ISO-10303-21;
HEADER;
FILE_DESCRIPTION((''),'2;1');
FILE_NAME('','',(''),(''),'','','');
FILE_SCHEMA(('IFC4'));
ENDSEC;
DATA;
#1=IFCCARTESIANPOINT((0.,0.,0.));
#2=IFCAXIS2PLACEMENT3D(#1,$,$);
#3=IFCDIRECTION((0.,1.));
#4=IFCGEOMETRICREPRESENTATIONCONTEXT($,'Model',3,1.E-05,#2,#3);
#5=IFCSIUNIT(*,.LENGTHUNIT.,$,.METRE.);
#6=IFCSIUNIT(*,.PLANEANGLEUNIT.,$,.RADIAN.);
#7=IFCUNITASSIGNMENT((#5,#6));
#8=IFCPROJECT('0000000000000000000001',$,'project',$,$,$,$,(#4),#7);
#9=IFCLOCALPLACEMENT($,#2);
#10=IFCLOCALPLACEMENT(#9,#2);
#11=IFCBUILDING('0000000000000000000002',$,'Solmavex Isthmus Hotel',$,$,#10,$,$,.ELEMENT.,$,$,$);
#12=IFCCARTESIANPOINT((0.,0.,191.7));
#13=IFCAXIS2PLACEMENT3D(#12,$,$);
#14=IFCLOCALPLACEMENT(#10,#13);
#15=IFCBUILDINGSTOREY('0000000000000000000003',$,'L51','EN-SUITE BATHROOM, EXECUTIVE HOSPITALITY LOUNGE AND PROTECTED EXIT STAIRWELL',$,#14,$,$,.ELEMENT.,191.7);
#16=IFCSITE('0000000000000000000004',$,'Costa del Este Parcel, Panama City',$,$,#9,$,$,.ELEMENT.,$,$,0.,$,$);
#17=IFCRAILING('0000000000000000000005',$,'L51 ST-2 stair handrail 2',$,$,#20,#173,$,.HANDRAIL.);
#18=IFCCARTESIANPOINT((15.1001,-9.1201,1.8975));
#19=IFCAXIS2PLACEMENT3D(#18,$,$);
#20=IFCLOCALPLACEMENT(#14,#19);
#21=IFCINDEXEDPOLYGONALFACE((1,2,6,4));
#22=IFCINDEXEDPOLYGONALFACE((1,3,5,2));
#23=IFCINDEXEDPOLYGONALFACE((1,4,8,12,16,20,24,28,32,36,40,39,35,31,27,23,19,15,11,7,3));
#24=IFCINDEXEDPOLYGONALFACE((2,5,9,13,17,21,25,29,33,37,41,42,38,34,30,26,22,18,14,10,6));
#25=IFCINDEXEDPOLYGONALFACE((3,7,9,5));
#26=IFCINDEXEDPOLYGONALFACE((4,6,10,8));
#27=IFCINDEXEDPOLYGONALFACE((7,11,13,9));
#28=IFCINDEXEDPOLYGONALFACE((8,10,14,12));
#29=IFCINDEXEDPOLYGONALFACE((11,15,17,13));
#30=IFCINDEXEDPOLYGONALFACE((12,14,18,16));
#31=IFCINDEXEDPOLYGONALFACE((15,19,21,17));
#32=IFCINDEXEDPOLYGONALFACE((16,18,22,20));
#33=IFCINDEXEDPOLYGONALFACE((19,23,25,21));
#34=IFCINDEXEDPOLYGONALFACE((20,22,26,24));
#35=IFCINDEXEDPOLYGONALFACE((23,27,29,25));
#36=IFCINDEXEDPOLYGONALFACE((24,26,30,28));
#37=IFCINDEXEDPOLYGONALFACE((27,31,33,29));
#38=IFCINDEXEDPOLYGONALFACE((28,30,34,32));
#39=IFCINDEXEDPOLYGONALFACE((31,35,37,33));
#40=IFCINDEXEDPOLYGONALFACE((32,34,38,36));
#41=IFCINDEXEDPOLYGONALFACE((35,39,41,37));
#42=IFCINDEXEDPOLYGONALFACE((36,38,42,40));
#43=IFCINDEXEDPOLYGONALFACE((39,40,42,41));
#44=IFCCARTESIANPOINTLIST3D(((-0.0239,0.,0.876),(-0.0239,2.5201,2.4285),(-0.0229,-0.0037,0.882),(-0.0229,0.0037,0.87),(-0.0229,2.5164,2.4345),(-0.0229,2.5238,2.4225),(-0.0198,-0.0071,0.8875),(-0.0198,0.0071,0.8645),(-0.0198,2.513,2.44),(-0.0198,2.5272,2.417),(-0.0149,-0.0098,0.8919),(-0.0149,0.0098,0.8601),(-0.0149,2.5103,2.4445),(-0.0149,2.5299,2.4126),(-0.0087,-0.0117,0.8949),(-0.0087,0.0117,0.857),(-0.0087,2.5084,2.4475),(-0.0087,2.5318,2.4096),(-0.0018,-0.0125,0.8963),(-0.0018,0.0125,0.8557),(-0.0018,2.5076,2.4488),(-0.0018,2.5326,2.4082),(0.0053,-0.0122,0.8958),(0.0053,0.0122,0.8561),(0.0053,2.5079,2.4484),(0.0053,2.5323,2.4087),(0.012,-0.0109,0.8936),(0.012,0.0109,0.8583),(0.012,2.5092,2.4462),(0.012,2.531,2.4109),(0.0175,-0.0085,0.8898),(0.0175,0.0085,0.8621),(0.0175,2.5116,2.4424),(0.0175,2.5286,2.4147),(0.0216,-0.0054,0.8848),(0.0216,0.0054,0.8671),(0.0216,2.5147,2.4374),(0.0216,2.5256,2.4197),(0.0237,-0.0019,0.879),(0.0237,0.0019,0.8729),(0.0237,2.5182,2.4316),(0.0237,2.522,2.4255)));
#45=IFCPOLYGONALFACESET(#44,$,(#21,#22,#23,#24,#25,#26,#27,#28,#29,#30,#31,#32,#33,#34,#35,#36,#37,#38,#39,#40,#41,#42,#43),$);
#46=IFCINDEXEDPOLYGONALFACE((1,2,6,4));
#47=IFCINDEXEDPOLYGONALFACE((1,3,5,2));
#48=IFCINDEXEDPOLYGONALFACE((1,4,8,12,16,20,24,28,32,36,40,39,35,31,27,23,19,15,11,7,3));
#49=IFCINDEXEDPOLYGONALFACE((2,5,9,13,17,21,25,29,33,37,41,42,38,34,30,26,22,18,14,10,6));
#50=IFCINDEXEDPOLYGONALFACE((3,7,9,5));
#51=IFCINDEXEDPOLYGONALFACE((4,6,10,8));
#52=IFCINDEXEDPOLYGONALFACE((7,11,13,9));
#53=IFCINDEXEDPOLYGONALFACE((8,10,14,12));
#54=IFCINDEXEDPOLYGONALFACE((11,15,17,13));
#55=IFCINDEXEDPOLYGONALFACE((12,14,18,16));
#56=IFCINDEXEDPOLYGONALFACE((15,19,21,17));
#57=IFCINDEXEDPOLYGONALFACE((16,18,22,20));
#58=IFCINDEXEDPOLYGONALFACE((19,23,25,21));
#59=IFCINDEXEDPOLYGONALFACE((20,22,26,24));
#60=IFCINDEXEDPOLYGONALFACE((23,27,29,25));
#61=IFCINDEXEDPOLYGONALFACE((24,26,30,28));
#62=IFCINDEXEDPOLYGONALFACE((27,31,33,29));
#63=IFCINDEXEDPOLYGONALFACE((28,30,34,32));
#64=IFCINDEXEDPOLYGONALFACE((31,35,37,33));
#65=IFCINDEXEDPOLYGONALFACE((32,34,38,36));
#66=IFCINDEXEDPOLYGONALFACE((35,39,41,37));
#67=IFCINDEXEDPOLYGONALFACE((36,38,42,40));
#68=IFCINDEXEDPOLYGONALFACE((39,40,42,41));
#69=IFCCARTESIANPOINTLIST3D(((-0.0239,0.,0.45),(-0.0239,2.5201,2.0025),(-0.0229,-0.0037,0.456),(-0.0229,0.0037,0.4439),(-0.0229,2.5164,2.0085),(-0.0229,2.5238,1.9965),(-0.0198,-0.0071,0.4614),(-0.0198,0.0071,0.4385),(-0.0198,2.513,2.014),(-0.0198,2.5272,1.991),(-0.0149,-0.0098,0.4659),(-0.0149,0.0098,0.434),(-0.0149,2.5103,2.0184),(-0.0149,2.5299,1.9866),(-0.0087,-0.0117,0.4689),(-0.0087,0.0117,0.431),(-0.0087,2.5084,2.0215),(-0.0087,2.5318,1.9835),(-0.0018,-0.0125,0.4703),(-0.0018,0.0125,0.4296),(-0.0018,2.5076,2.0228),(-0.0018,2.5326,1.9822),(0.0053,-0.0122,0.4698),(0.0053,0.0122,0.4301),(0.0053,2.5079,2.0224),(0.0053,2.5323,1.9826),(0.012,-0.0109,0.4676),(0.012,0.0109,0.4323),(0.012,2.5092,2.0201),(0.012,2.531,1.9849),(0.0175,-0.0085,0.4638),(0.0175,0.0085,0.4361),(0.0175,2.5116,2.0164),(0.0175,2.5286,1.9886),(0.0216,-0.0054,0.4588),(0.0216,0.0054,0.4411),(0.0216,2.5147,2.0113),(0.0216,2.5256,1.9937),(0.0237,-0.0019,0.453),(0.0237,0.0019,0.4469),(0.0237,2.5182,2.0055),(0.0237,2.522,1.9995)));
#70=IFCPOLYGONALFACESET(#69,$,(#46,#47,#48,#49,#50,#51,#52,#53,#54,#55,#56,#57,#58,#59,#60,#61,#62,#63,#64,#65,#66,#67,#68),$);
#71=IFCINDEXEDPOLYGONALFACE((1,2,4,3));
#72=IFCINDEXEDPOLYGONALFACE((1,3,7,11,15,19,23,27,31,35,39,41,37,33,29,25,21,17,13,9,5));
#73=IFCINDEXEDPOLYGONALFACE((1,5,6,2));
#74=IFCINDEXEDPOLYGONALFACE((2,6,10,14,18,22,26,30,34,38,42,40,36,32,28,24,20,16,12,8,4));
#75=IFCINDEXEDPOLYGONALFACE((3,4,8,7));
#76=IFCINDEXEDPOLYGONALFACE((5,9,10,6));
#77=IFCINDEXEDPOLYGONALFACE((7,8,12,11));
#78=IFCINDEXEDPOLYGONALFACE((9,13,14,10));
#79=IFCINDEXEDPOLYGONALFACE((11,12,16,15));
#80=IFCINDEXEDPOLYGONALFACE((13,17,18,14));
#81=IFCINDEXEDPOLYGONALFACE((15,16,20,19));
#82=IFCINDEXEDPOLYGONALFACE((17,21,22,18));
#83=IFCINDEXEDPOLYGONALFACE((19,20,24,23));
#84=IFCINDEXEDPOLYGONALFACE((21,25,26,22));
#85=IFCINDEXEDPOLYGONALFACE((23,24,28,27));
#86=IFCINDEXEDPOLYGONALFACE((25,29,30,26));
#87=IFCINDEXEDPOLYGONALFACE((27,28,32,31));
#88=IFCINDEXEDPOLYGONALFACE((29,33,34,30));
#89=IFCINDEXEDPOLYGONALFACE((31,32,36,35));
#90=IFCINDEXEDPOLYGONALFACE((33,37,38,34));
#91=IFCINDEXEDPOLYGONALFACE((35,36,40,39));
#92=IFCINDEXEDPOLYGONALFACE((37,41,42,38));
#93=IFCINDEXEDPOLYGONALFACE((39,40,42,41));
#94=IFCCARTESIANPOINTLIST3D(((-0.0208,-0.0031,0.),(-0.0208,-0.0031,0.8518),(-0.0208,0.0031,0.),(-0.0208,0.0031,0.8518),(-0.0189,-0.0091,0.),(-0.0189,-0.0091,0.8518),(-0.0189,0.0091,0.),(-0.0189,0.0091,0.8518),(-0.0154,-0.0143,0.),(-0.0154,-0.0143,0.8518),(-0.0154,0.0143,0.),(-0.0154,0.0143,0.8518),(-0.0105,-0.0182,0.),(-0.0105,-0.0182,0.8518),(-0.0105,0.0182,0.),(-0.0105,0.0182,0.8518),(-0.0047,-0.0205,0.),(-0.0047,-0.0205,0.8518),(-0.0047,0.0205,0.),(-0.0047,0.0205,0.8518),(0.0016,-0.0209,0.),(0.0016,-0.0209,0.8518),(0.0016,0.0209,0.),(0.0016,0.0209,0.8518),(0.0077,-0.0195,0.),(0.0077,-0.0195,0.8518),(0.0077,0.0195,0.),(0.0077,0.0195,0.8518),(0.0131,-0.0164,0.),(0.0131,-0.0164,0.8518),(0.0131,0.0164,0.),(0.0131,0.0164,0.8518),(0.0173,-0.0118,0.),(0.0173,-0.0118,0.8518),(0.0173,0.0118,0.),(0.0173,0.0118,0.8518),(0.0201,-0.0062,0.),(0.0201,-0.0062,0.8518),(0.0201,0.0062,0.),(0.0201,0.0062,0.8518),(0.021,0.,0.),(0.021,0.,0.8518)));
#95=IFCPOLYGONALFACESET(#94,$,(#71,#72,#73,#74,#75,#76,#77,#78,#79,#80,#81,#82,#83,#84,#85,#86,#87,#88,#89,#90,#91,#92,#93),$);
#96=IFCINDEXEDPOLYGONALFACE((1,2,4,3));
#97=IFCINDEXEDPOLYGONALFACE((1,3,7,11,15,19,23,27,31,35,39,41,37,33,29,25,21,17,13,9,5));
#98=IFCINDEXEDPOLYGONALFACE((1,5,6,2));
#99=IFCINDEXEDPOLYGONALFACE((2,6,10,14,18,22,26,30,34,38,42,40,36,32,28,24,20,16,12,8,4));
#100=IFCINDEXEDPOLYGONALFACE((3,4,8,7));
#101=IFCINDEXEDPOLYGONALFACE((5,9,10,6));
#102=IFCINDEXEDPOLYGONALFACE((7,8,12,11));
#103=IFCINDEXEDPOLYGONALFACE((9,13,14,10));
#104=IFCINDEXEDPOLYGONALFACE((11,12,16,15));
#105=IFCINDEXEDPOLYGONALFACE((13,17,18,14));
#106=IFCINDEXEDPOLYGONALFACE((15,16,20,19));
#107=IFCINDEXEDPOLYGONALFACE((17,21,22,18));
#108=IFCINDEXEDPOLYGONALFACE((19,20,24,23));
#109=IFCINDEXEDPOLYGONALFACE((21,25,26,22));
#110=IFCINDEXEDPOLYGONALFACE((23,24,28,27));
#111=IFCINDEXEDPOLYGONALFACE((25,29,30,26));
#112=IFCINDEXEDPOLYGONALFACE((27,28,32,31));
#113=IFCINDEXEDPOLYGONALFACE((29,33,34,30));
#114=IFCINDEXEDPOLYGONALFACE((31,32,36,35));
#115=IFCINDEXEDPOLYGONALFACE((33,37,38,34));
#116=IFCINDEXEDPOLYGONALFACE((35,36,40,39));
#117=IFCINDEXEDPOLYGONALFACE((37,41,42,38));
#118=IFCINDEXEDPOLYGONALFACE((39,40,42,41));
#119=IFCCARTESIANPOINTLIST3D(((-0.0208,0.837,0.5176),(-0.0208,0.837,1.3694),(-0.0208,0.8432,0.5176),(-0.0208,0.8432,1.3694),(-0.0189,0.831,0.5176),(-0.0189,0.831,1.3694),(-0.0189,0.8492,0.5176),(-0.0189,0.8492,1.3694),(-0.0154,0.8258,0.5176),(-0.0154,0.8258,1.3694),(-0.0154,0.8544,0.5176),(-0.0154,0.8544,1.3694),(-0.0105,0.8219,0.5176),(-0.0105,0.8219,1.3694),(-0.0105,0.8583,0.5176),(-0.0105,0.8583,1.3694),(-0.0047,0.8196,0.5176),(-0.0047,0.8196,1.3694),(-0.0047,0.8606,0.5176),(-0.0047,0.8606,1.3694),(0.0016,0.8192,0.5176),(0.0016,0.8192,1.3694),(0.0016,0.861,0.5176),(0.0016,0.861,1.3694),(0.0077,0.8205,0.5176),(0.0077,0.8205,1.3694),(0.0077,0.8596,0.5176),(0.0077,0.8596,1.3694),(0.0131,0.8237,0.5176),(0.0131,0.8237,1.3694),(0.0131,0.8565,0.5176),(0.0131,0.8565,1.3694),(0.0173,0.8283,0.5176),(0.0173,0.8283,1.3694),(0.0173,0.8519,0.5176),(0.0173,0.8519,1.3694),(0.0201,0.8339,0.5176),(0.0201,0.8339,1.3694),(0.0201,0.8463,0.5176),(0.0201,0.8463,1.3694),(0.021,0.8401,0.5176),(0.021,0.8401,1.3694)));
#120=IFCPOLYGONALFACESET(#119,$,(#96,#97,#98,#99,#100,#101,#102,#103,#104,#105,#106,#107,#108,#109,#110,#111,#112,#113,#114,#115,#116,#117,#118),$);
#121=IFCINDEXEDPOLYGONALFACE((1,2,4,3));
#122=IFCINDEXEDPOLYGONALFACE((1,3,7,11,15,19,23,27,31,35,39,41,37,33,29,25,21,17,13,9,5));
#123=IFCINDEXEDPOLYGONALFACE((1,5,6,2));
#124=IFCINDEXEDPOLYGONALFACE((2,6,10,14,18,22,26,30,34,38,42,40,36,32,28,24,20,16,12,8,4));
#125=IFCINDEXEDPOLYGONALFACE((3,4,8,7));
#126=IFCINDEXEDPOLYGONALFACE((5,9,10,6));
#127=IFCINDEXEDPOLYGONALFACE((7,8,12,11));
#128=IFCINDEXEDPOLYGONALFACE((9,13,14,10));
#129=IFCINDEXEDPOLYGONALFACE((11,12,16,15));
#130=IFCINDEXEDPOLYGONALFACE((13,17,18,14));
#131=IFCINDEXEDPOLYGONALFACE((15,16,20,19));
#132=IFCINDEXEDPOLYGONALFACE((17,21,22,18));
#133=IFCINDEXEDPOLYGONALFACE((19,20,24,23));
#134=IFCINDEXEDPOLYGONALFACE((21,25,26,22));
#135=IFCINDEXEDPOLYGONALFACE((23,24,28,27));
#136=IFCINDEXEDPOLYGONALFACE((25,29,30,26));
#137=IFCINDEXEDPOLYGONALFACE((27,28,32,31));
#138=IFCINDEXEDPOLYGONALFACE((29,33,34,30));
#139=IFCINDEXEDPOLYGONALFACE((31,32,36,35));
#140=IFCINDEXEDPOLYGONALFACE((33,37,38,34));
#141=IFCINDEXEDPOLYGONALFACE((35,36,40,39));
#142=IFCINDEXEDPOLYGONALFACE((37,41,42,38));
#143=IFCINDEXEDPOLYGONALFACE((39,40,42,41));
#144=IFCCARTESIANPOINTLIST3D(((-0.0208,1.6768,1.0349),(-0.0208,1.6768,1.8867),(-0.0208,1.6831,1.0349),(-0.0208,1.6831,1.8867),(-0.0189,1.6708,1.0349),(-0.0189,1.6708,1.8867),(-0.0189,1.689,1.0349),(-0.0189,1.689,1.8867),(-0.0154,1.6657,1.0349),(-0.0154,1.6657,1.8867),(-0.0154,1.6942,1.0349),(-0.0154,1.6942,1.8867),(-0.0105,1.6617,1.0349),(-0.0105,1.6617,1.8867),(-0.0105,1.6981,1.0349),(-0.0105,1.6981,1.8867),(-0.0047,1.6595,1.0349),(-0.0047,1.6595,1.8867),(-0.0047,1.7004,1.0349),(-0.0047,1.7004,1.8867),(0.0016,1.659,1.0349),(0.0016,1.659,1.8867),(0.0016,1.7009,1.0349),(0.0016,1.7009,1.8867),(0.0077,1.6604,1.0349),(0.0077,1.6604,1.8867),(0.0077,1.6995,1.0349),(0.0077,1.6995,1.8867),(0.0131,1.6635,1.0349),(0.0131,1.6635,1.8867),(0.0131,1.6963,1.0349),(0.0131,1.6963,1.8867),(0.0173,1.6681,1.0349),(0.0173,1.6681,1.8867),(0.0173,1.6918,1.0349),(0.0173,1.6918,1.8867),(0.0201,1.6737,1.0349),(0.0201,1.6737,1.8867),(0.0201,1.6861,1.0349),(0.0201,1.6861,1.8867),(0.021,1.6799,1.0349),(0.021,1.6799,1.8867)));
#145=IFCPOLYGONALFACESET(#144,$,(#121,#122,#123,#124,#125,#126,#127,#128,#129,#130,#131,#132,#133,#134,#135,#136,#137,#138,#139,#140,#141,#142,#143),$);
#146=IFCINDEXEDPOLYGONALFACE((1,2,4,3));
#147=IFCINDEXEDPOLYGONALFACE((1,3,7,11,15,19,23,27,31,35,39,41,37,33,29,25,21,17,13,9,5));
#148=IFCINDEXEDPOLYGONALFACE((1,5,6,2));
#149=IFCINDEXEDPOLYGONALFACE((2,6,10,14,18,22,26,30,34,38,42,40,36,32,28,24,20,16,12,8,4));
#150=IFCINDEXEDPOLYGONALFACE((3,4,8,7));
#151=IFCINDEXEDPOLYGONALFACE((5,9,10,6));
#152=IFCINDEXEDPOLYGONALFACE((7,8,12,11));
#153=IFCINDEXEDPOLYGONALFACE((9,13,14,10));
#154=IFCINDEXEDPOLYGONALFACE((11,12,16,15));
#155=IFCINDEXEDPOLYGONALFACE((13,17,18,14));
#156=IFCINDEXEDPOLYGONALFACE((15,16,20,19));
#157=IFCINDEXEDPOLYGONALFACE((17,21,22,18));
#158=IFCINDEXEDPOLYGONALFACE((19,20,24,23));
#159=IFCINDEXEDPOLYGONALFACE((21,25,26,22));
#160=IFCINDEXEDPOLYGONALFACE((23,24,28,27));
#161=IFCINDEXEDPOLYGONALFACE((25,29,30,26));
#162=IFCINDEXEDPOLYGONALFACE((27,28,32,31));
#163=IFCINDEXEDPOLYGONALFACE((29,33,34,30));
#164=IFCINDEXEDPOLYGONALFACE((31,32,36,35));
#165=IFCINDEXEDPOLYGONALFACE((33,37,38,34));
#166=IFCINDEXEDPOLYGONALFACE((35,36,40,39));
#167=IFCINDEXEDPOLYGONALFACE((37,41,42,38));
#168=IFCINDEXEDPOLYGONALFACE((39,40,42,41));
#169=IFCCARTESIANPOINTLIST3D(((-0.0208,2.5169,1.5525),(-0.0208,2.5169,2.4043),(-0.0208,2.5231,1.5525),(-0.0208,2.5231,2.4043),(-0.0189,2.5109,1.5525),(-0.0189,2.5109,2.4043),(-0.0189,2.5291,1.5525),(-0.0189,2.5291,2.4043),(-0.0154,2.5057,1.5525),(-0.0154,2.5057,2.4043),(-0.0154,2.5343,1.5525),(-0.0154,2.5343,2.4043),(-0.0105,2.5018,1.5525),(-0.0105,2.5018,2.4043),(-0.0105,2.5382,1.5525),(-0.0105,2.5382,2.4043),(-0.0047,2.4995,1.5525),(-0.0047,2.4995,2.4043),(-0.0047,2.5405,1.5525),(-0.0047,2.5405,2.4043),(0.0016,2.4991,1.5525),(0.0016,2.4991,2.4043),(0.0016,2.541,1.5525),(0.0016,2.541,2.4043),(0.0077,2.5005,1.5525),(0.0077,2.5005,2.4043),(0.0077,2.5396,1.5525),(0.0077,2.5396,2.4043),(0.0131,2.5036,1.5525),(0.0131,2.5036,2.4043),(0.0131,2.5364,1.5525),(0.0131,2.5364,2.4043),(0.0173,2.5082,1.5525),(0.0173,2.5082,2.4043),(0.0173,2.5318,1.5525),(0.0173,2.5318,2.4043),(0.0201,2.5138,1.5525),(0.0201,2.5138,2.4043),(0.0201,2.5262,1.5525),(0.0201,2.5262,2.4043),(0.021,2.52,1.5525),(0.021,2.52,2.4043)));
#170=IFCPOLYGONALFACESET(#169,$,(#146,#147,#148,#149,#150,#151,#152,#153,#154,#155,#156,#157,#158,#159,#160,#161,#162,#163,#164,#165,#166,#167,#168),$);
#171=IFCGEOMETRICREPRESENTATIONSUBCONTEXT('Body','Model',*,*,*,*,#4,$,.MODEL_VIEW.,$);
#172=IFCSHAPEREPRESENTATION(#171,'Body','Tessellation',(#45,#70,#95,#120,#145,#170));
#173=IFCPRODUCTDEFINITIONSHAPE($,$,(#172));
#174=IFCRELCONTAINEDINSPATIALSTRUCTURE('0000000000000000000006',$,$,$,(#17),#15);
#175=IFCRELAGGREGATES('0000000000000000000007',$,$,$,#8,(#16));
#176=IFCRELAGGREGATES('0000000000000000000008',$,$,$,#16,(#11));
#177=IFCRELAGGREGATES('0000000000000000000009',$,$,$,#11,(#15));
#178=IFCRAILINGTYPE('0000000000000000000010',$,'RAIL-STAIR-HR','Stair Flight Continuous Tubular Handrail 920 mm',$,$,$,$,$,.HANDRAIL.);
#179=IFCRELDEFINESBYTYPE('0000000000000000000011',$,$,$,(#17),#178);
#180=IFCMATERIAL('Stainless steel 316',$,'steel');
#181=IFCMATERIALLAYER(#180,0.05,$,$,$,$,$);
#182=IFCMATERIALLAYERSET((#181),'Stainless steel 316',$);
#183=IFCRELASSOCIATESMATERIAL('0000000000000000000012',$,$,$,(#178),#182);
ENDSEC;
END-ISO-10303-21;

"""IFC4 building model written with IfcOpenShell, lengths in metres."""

from ifc_helpers import new_model, si_unit, direction, frame, origin, origin_2d, place, context, subcontext, project, spatial, circle, extrude, material, layer, layer_set, type_object, element, save


model = new_model("IFC4")

# Units and contexts
model_context = context("Model", 3, precision=1e-05, world=origin(), true_north=direction((0.0, 1.0)))
body_context = subcontext(model_context, "Body", "Model", "MODEL_VIEW")
ifc_project = project(units=[si_unit("LENGTHUNIT", "METRE"), si_unit("PLANEANGLEUNIT", "RADIAN")], contexts=[model_context])

# Site, building, storey
site_placement = place(None, origin())
site = spatial("IfcSite", under=ifc_project, at=site_placement, Name="Costa del Este Parcel, Panama City", CompositionType="ELEMENT", RefElevation=0.0)
building_placement = place(site_placement, origin())
building = spatial("IfcBuilding", under=site, at=building_placement, Name="Solmavex Isthmus Hotel", CompositionType="ELEMENT")
storey_placement = place(building_placement, frame((0.0, 0.0, 191.7)))
storey = spatial("IfcBuildingStorey", under=building, at=storey_placement, Name="L51", Description="EN-SUITE BATHROOM, EXECUTIVE HOSPITALITY LOUNGE AND PROTECTED EXIT STAIRWELL", CompositionType="ELEMENT", Elevation=191.7)

# Railing
ifc_material_1 = material(Name="Stainless steel 316", Category="steel")
ifc_layer_1 = layer(ifc_material_1, 0.05)
ifc_layer_set_1 = layer_set([ifc_layer_1], Name="Stainless steel 316")
railing_type = type_object("IfcRailingType", Name="RAIL-STAIR-HR", Description="Stair Flight Continuous Tubular Handrail 920 mm", PredefinedType="HANDRAIL", material=ifc_layer_set_1)
railing_placement = place(storey_placement, frame((15.1001, -9.1201, 1.8975)))
element("IfcRailing", 1, at=railing_placement, inside=storey, type_object=railing_type, Name="L51 ST-2 stair handrail 2", PredefinedType="HANDRAIL", context=body_context, shape_type="SweptSolid", body=[
    extrude(circle(Radius=0.0239, at=origin_2d()), frame((0.0, 0.0, 0.876), z_axis=(0.0, 0.8514, 0.524516), x_axis=(-1.0, 0.0, 0.0)), (0.0, 0.0, 1.0), 2.96),
    extrude(circle(Radius=0.0239, at=origin_2d()), frame((0.0, 0.0, 0.45), z_axis=(0.0, 0.8514, 0.524516), x_axis=(-1.0, 0.0, 0.0)), (0.0, 0.0, 1.0), 2.96),
    extrude(circle(Radius=0.021, at=origin_2d()), origin(), (0.0, 0.0, 1.0), 0.8518),
    extrude(circle(Radius=0.021, at=origin_2d()), frame((0.0, 0.8401, 0.5176)), (0.0, 0.0, 1.0), 0.8518),
    extrude(circle(Radius=0.021, at=origin_2d()), frame((0.0, 1.6799, 1.0349)), (0.0, 0.0, 1.0), 0.8518),
    extrude(circle(Radius=0.021, at=origin_2d()), frame((0.0, 2.52, 1.5525)), (0.0, 0.0, 1.0), 0.8518),
])

save(model, "model.ifc")
